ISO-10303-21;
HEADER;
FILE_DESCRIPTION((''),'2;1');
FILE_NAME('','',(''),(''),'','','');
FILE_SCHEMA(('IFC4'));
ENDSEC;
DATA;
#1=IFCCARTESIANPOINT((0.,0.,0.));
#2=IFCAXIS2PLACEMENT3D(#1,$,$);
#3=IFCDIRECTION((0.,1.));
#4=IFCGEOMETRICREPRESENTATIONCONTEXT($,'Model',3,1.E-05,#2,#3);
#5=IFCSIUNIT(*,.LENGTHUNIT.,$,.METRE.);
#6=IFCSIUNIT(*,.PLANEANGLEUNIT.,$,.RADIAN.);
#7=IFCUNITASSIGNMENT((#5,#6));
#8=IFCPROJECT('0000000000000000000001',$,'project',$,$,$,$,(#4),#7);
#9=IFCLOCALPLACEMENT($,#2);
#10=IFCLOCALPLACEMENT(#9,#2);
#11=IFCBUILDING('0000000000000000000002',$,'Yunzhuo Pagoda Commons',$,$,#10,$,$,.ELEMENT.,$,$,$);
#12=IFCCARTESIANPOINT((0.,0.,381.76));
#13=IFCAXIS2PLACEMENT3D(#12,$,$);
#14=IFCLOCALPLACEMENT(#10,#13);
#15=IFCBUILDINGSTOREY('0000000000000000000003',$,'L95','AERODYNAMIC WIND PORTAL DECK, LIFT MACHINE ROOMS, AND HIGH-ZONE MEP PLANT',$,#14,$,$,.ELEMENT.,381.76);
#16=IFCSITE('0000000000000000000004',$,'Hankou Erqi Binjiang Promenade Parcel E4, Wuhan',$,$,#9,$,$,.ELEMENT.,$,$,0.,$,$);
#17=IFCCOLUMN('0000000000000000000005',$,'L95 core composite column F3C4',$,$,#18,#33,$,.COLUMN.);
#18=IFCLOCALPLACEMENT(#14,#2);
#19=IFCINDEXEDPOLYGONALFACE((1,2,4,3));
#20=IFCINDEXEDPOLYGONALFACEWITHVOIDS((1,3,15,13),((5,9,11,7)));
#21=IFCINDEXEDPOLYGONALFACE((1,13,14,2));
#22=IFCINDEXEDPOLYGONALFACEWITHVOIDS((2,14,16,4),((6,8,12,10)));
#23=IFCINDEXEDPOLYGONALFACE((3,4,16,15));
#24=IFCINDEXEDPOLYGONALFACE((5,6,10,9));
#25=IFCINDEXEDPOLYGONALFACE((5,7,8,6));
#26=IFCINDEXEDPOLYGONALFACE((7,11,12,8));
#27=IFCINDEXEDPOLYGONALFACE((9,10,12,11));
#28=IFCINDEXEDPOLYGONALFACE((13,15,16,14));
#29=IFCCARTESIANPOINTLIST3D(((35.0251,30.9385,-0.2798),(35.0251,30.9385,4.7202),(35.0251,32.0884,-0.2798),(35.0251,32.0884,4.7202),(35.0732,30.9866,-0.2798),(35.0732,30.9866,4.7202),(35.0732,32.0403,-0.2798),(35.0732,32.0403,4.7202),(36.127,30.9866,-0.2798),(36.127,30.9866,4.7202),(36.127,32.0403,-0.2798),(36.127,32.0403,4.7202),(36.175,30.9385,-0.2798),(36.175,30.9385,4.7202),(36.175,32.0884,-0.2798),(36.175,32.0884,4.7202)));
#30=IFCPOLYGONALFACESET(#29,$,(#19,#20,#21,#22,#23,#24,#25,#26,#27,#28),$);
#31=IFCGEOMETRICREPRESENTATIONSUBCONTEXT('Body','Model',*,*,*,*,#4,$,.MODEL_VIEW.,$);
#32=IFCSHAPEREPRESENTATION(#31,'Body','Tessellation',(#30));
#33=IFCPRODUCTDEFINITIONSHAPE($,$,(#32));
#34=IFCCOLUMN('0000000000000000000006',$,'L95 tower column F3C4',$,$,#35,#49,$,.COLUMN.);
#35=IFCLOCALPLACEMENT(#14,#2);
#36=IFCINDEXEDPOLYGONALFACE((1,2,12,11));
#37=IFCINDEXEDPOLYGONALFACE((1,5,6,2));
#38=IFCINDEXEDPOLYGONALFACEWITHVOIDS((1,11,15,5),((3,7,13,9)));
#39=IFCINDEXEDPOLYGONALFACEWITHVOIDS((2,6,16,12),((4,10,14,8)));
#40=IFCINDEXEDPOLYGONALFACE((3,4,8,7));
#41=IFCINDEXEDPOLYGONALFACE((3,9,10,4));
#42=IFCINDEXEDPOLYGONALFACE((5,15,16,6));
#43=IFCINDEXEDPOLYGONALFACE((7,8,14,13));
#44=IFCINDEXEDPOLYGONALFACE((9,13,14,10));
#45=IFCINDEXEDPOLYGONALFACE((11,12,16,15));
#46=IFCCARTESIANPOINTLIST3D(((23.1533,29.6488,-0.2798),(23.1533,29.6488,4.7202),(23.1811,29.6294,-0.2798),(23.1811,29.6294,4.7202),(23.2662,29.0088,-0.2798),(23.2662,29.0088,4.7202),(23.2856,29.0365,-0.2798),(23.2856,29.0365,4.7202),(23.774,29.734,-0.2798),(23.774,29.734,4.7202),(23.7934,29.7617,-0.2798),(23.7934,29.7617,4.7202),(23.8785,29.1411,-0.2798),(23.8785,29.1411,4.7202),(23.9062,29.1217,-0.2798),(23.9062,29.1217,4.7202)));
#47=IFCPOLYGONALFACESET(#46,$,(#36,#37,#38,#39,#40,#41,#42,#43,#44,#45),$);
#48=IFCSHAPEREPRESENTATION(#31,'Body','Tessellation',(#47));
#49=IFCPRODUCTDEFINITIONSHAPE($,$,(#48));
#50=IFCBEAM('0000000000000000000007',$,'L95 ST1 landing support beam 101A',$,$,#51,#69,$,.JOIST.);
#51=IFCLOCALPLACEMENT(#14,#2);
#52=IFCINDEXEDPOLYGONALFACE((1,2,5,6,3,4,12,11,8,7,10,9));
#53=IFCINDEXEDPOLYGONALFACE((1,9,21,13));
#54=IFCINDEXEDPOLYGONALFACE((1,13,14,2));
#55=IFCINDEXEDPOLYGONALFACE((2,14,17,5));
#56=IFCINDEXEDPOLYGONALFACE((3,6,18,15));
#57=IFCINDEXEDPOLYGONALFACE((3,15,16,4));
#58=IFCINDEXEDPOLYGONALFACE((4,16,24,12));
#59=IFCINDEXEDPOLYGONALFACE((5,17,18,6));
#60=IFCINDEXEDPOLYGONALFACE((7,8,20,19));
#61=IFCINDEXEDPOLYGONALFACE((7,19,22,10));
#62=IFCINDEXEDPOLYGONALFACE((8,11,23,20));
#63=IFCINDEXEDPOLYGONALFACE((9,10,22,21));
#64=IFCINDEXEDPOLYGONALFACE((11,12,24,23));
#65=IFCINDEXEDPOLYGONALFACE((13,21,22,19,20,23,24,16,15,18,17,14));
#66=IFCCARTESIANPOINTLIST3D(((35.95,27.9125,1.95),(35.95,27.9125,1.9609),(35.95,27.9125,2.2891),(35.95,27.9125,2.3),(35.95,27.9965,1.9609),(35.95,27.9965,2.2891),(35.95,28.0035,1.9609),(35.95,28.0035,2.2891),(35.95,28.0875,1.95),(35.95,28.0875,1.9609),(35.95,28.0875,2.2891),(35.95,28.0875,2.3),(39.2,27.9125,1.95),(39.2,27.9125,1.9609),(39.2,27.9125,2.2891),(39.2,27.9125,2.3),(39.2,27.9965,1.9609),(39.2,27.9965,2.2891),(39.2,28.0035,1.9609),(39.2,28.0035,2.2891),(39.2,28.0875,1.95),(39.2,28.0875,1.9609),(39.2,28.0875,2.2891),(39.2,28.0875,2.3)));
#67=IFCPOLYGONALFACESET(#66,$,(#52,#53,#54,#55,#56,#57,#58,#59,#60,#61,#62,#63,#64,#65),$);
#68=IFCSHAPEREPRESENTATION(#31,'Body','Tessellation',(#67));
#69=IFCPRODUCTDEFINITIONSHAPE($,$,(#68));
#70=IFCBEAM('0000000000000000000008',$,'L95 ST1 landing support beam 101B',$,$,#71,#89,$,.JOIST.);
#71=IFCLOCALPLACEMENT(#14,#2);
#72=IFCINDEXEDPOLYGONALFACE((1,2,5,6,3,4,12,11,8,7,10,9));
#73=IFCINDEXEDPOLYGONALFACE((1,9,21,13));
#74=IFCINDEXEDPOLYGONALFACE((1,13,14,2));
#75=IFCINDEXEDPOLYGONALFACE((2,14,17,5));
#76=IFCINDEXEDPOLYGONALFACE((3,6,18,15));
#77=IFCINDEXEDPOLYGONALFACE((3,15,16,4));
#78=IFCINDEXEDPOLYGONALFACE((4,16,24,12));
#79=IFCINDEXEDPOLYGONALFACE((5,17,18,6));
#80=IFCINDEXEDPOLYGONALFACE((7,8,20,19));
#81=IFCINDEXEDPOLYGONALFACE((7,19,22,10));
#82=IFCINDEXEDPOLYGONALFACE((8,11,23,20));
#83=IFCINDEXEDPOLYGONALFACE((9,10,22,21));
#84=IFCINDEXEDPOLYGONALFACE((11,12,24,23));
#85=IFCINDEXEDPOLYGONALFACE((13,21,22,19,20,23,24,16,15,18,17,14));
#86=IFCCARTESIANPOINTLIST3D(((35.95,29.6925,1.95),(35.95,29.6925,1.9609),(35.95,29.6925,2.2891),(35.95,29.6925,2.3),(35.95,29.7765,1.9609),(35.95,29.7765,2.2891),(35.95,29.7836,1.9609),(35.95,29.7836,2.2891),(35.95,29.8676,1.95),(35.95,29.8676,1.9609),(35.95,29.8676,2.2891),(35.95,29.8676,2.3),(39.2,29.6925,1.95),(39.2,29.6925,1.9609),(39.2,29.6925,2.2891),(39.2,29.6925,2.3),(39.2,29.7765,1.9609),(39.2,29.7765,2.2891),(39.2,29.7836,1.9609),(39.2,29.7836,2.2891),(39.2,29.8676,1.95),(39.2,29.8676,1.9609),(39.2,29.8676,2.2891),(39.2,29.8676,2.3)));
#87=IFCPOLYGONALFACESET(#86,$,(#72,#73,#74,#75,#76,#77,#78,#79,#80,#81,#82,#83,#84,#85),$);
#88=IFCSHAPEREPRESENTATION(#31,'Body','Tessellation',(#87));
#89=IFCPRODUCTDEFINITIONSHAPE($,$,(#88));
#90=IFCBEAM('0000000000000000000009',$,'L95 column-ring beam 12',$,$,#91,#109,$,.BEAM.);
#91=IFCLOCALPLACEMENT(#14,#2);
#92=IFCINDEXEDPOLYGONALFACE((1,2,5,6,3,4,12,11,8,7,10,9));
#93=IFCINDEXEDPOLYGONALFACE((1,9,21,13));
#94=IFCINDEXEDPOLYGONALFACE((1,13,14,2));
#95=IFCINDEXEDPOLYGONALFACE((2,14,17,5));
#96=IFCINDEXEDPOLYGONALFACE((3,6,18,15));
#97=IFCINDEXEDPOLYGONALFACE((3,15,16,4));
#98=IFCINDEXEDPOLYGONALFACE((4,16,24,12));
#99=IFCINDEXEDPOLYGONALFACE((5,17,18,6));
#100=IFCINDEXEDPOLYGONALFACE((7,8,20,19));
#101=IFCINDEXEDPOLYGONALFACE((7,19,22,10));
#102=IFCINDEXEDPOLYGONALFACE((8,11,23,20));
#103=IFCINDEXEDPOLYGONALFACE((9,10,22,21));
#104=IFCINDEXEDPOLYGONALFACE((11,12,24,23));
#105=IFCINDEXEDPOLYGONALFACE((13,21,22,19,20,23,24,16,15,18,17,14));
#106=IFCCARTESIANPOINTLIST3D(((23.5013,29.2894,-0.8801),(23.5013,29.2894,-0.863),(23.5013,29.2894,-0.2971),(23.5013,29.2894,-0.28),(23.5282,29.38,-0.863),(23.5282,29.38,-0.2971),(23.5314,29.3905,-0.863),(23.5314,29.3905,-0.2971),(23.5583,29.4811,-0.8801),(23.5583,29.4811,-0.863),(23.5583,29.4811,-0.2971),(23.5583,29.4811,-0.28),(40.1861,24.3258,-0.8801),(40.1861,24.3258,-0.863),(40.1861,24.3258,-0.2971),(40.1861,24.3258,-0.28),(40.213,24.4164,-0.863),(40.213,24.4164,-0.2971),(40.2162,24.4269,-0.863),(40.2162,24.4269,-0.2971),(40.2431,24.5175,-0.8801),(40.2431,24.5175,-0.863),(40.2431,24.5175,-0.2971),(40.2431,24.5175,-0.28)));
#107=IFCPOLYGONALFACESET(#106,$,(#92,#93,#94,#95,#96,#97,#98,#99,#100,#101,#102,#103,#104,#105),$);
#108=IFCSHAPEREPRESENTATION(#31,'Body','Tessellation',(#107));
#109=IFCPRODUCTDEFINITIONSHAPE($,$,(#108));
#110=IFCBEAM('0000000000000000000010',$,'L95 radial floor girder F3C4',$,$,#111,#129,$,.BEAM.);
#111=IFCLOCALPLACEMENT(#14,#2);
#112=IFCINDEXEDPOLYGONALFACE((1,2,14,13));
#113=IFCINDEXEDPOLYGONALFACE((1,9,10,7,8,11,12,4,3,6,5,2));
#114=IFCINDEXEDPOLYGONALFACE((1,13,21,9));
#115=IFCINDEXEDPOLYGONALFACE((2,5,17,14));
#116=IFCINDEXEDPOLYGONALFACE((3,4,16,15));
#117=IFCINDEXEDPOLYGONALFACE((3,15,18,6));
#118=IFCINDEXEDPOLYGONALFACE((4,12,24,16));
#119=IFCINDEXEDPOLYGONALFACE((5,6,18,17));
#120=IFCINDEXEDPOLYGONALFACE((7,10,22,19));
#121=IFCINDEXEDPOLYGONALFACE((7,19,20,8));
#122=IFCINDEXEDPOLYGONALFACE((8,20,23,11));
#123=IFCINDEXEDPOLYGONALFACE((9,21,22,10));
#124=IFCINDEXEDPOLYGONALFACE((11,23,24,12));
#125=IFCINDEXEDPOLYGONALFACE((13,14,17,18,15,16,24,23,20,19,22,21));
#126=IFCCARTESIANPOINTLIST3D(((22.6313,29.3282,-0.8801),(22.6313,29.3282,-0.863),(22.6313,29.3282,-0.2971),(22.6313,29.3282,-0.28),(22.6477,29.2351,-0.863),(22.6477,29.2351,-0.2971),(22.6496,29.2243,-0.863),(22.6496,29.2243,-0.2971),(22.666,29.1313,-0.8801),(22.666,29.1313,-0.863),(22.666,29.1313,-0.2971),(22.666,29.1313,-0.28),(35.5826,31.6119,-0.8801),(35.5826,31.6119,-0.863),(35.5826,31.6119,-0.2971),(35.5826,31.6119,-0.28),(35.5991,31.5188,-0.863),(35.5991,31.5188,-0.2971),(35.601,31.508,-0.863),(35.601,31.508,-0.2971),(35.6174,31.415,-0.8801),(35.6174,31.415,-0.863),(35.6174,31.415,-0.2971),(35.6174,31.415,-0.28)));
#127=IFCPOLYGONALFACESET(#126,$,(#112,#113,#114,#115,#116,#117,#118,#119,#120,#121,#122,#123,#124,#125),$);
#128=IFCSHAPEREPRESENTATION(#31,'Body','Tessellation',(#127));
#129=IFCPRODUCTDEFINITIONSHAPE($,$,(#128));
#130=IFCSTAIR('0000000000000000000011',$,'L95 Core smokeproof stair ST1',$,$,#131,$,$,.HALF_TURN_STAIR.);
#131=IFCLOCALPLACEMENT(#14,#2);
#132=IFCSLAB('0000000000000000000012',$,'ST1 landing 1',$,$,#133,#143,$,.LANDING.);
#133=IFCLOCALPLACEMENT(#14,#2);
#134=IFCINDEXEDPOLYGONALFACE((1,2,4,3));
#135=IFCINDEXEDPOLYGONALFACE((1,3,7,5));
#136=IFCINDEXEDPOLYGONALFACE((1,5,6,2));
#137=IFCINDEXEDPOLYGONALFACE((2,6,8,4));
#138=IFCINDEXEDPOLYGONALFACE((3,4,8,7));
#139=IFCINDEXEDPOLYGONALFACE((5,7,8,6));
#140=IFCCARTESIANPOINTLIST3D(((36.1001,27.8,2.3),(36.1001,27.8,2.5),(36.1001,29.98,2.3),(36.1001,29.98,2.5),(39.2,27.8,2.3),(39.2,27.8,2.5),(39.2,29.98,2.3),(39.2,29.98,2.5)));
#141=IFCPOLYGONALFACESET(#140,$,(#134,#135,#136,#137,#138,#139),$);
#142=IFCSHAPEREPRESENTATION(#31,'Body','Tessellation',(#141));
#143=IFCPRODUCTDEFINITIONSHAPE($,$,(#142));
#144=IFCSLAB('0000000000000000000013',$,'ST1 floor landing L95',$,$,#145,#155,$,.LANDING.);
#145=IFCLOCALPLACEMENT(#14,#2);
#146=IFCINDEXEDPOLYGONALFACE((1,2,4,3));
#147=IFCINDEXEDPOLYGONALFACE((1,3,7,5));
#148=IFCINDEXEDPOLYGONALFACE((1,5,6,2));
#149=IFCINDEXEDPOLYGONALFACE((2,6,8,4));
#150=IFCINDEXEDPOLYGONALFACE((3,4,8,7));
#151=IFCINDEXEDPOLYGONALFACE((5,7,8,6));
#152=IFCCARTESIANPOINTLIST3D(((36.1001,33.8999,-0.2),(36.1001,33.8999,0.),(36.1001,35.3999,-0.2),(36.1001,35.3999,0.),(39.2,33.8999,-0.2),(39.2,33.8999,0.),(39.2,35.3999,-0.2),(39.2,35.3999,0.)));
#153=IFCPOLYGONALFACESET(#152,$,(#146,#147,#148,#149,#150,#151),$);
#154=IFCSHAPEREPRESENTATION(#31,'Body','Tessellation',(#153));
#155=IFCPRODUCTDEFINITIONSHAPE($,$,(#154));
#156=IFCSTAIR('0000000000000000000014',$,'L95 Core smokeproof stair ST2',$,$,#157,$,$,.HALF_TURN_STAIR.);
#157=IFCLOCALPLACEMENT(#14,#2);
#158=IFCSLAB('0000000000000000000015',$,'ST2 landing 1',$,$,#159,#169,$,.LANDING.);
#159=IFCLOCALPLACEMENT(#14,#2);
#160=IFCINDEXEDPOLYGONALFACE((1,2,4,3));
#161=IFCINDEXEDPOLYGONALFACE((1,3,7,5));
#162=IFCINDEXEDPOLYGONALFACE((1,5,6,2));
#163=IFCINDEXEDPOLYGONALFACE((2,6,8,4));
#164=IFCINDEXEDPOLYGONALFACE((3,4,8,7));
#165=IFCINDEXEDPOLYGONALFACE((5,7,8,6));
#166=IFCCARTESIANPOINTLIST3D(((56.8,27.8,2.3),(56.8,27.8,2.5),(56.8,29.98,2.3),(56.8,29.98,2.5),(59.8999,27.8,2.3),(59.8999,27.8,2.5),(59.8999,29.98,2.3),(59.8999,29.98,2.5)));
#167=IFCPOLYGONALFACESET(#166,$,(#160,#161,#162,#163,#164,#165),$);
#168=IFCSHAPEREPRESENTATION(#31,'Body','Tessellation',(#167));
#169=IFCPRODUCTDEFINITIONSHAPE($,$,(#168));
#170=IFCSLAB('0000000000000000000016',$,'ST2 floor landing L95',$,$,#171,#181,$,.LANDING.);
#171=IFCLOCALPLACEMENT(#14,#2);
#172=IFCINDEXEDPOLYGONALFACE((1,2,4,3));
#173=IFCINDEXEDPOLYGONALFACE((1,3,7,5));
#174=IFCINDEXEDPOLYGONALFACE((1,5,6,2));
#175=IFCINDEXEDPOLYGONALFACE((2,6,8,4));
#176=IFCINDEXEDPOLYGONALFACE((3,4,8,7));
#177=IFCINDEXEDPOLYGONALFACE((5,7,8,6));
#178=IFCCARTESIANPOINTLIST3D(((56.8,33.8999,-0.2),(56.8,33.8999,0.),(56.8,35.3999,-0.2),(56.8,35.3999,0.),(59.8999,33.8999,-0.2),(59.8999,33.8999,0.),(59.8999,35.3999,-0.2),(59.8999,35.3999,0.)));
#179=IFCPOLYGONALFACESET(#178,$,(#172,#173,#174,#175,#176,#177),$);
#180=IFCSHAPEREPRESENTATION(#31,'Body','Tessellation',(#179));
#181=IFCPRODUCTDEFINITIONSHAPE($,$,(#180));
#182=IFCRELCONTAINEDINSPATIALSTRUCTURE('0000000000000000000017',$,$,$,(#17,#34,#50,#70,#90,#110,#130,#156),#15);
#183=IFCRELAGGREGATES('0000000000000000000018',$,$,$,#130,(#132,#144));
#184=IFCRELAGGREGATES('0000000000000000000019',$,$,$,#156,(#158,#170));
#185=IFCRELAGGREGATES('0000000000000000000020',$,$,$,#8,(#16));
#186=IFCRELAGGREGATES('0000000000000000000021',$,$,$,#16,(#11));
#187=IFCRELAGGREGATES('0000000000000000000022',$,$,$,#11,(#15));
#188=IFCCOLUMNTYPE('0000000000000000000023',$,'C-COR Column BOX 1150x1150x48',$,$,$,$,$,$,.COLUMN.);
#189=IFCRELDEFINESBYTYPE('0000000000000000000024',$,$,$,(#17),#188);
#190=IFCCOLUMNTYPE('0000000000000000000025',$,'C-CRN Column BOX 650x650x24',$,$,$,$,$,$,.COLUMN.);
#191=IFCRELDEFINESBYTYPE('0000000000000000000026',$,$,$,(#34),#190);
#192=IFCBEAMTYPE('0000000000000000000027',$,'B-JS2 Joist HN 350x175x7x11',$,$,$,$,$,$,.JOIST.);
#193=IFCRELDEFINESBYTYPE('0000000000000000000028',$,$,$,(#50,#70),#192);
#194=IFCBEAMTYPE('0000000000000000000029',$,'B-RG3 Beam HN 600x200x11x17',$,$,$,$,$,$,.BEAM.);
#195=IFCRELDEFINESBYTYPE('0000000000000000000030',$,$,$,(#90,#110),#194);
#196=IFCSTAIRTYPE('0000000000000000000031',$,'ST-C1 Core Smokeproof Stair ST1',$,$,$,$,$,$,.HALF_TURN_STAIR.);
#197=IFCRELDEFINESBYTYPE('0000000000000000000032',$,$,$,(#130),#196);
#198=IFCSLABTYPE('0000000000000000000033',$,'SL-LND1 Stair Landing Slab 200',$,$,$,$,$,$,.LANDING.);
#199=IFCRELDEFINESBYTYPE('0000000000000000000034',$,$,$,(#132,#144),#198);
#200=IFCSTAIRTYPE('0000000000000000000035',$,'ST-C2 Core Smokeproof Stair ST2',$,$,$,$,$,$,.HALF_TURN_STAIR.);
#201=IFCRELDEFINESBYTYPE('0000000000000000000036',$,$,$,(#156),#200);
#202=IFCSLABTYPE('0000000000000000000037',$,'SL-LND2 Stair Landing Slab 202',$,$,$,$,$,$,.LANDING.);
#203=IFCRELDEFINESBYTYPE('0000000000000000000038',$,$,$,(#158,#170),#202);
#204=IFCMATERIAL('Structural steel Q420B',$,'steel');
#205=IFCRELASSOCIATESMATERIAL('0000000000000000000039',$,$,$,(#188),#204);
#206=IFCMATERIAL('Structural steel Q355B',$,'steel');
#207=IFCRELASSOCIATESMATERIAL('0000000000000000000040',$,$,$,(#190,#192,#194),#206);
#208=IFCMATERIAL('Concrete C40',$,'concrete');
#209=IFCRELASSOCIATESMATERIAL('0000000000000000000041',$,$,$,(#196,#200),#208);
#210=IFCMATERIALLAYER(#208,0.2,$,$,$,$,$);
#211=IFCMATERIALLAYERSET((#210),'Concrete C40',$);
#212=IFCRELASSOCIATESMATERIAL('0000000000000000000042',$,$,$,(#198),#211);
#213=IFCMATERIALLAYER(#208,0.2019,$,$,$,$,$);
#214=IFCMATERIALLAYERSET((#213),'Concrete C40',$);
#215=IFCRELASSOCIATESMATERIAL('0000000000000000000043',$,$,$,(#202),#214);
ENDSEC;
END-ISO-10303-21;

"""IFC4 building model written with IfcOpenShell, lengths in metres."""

from ifc_helpers import new_model, si_unit, direction, frame, origin, origin_2d, place, context, subcontext, project, spatial, polyline, hollow_rectangle, i_section, outline, extrude, source, transform, mapped, material, layer, layer_set, material_profile, profile_set, type_object, element, aggregate, save


model = new_model("IFC4")

# Units and contexts
model_context = context("Model", 3, precision=1e-05, world=origin(), true_north=direction((0.0, 1.0)))
body_context = subcontext(model_context, "Body", "Model", "MODEL_VIEW")
ifc_project = project(units=[si_unit("LENGTHUNIT", "METRE"), si_unit("PLANEANGLEUNIT", "RADIAN")], contexts=[model_context])

# Site, building, storey
site_placement = place(None, origin())
site = spatial("IfcSite", under=ifc_project, at=site_placement, Name="Hankou Erqi Binjiang Promenade Parcel E4, Wuhan", CompositionType="ELEMENT", RefElevation=0.0)
building_placement = place(site_placement, origin())
building = spatial("IfcBuilding", under=site, at=building_placement, Name="Yunzhuo Pagoda Commons", CompositionType="ELEMENT")
storey_placement = place(building_placement, frame((0.0, 0.0, 381.76)))
storey = spatial("IfcBuildingStorey", under=building, at=storey_placement, Name="L95", Description="AERODYNAMIC WIND PORTAL DECK, LIFT MACHINE ROOMS, AND HIGH-ZONE MEP PLANT", CompositionType="ELEMENT", Elevation=381.76)

# Columns
ifc_material_1 = material(Name="Structural steel Q420B", Category="steel")
ifc_material_profile_1 = material_profile(ifc_material_1, hollow_rectangle(XDim=1.1499, YDim=1.1499, WallThickness=0.0481, at=origin_2d()), Name="Structural steel Q420B")
ifc_profile_set_1 = profile_set([ifc_material_profile_1], Name="Structural steel Q420B")
column_type_1 = type_object("IfcColumnType", Name="C-COR Column BOX 1150x1150x48", PredefinedType="COLUMN", material=ifc_profile_set_1)
shared_shape_1 = source(origin(), body_context, "Body", "SweptSolid", [
    extrude(hollow_rectangle(XDim=1.1499, YDim=1.1499, WallThickness=0.0481, at=origin_2d()), origin(), (0.0, 0.0, 1.0), 5.0),
])
column_1_placement = place(storey_placement, frame((35.6001, 31.5134, -0.2798), z_axis=(0.0, 0.0, 1.0), x_axis=(1.0, 0.0, 0.0)))
element("IfcColumn", 1, at=column_1_placement, inside=storey, type_object=column_type_1, Name="L95 core composite column F3C4", PredefinedType="COLUMN", context=body_context, shape_type="MappedRepresentation", body=[
    mapped(shared_shape_1, transform((0.0, 0.0, 0.0), scale=1.0)),
])
ifc_material_2 = material(Name="Structural steel Q355B", Category="steel")
ifc_material_profile_2 = material_profile(ifc_material_2, hollow_rectangle(XDim=0.6499, YDim=0.6499, WallThickness=0.0239, at=origin_2d()), Name="Structural steel Q355B")
ifc_profile_set_2 = profile_set([ifc_material_profile_2], Name="Structural steel Q355B")
column_type_2 = type_object("IfcColumnType", Name="C-CRN Column BOX 650x650x24", PredefinedType="COLUMN", material=ifc_profile_set_2)
shared_shape_2 = source(origin(), body_context, "Body", "SweptSolid", [
    extrude(hollow_rectangle(XDim=0.6499, YDim=0.6499, WallThickness=0.0239, at=origin_2d()), origin(), (0.0, 0.0, 1.0), 5.0),
])
column_2_placement = place(storey_placement, frame((23.5298, 29.3853, -0.2798), z_axis=(0.0, 0.0, 1.0), x_axis=(0.173648, -0.984808, 0.0)))
element("IfcColumn", 2, at=column_2_placement, inside=storey, type_object=column_type_2, Name="L95 tower column F3C4", PredefinedType="COLUMN", context=body_context, shape_type="MappedRepresentation", body=[
    mapped(shared_shape_2, transform((0.0, 0.0, 0.0), scale=1.0)),
])

# Beams
ifc_material_profile_3 = material_profile(ifc_material_2, i_section(OverallWidth=0.175, OverallDepth=0.3501, WebThickness=0.0071, FlangeThickness=0.011, at=origin_2d()), Name="Structural steel Q355B")
ifc_profile_set_3 = profile_set([ifc_material_profile_3], Name="Structural steel Q355B")
beam_type_1 = type_object("IfcBeamType", Name="B-JS2 Joist HN 350x175x7x11", PredefinedType="JOIST", material=ifc_profile_set_3)
shared_shape_3 = source(origin(), body_context, "Body", "SweptSolid", [
    extrude(i_section(OverallWidth=0.175, OverallDepth=0.3501, WebThickness=0.0071, FlangeThickness=0.011, at=origin_2d()), origin(), (0.0, 0.0, 1.0), 3.25),
])
for number, where, z_axis, x_axis, name in (
    (3, (35.95, 28.0, 2.125), (1.0, 0.0, 0.0), (0.0, 1.0, 0.0), "L95 ST1 landing support beam 101A"),
    (4, (35.95, 29.78, 2.125), (1.0, 0.0, 0.0), (0.0, 1.0, 0.0), "L95 ST1 landing support beam 101B"),
):
    element("IfcBeam", number, at=place(storey_placement, frame(where, z_axis=z_axis, x_axis=x_axis)), inside=storey, type_object=beam_type_1, Name=name, PredefinedType="JOIST", context=body_context, shape_type="MappedRepresentation", body=[
        mapped(shared_shape_3, transform((0.0, 0.0, 0.0), scale=1.0)),
    ])
ifc_material_profile_4 = material_profile(ifc_material_2, i_section(OverallWidth=0.2, OverallDepth=0.6001, WebThickness=0.011, FlangeThickness=0.0171, at=origin_2d()), Name="Structural steel Q355B")
ifc_profile_set_4 = profile_set([ifc_material_profile_4], Name="Structural steel Q355B")
beam_type_2 = type_object("IfcBeamType", Name="B-RG3 Beam HN 600x200x11x17", PredefinedType="BEAM", material=ifc_profile_set_4)
shared_shape_4 = source(origin(), body_context, "Body", "SweptSolid", [
    extrude(i_section(OverallWidth=0.2, OverallDepth=0.6001, WebThickness=0.011, FlangeThickness=0.0171, at=origin_2d()), origin(), (0.0, 0.0, 1.0), 17.4075),
])
beam_1_placement = place(storey_placement, frame((23.5298, 29.3853, -0.5801), z_axis=(0.958485, -0.285143, 0.0), x_axis=(0.285143, 0.958485, 0.0)))
element("IfcBeam", 5, at=beam_1_placement, inside=storey, type_object=beam_type_2, Name="L95 column-ring beam 12", PredefinedType="BEAM", context=body_context, shape_type="MappedRepresentation", body=[
    mapped(shared_shape_4, transform((0.0, 0.0, 0.0), scale=1.0)),
])
shared_shape_5 = source(origin(), body_context, "Body", "SweptSolid", [
    extrude(i_section(OverallWidth=0.2, OverallDepth=0.6001, WebThickness=0.011, FlangeThickness=0.0171, at=origin_2d()), origin(), (0.0, 0.0, 1.0), 13.1511),
])
beam_2_placement = place(storey_placement, frame((22.6487, 29.2297, -0.5801), z_axis=(0.984808, 0.173649, 0.0), x_axis=(-0.173649, 0.984808, 0.0)))
element("IfcBeam", 6, at=beam_2_placement, inside=storey, type_object=beam_type_2, Name="L95 radial floor girder F3C4", PredefinedType="BEAM", context=body_context, shape_type="MappedRepresentation", body=[
    mapped(shared_shape_5, transform((0.0, 0.0, 0.0), scale=1.0)),
])

# Stairs, slabs
ifc_material_3 = material(Name="Concrete C40", Category="concrete")
stair_type_1 = type_object("IfcStairType", Name="ST-C1 Core Smokeproof Stair ST1", PredefinedType="HALF_TURN_STAIR", material=ifc_material_3)
stair_1_placement = place(storey_placement, origin())
stair_1 = element("IfcStair", 7, at=stair_1_placement, inside=storey, type_object=stair_type_1, Name="L95 Core smokeproof stair ST1", PredefinedType="HALF_TURN_STAIR")
ifc_layer_1 = layer(ifc_material_3, 0.2)
ifc_layer_set_1 = layer_set([ifc_layer_1], Name="Concrete C40")
slab_type_1 = type_object("IfcSlabType", Name="SL-LND1 Stair Landing Slab 200", PredefinedType="LANDING", material=ifc_layer_set_1)
slab_1_placement = place(storey_placement, frame((0.0, 0.0, 2.3)))
slab_1 = element("IfcSlab", 8, at=slab_1_placement, type_object=slab_type_1, Name="ST1 landing 1", PredefinedType="LANDING", context=body_context, shape_type="SweptSolid", body=[
    extrude(outline(polyline([(36.1001, 29.98), (36.1001, 27.8), (39.2, 27.8), (39.2, 29.98), (36.1001, 29.98)])), origin(), (0.0, 0.0, 1.0), 0.2),
])
slab_2_placement = place(storey_placement, frame((0.0, 0.0, -0.2)))
slab_2 = element("IfcSlab", 9, at=slab_2_placement, type_object=slab_type_1, Name="ST1 floor landing L95", PredefinedType="LANDING", context=body_context, shape_type="SweptSolid", body=[
    extrude(outline(polyline([(36.1001, 35.3999), (36.1001, 33.8999), (39.2, 33.8999), (39.2, 35.3999), (36.1001, 35.3999)])), origin(), (0.0, 0.0, 1.0), 0.2),
])
aggregate(stair_1, [slab_1, slab_2])
stair_type_2 = type_object("IfcStairType", Name="ST-C2 Core Smokeproof Stair ST2", PredefinedType="HALF_TURN_STAIR", material=ifc_material_3)
stair_2_placement = place(storey_placement, origin())
stair_2 = element("IfcStair", 10, at=stair_2_placement, inside=storey, type_object=stair_type_2, Name="L95 Core smokeproof stair ST2", PredefinedType="HALF_TURN_STAIR")
ifc_layer_2 = layer(ifc_material_3, 0.2019)
ifc_layer_set_2 = layer_set([ifc_layer_2], Name="Concrete C40")
slab_type_2 = type_object("IfcSlabType", Name="SL-LND2 Stair Landing Slab 202", PredefinedType="LANDING", material=ifc_layer_set_2)
slab_3_placement = place(storey_placement, frame((0.0, 0.0, 2.3)))
slab_3 = element("IfcSlab", 11, at=slab_3_placement, type_object=slab_type_2, Name="ST2 landing 1", PredefinedType="LANDING", context=body_context, shape_type="SweptSolid", body=[
    extrude(outline(polyline([(56.8, 29.98), (56.8, 27.8), (59.8999, 27.8), (59.8999, 29.98), (56.8, 29.98)])), origin(), (0.0, 0.0, 1.0), 0.2),
])
slab_4_placement = place(storey_placement, frame((0.0, 0.0, -0.2)))
slab_4 = element("IfcSlab", 12, at=slab_4_placement, type_object=slab_type_2, Name="ST2 floor landing L95", PredefinedType="LANDING", context=body_context, shape_type="SweptSolid", body=[
    extrude(outline(polyline([(56.8, 35.3999), (56.8, 33.8999), (59.8999, 33.8999), (59.8999, 35.3999), (56.8, 35.3999)])), origin(), (0.0, 0.0, 1.0), 0.2),
])
aggregate(stair_2, [slab_3, slab_4])

save(model, "model.ifc")
